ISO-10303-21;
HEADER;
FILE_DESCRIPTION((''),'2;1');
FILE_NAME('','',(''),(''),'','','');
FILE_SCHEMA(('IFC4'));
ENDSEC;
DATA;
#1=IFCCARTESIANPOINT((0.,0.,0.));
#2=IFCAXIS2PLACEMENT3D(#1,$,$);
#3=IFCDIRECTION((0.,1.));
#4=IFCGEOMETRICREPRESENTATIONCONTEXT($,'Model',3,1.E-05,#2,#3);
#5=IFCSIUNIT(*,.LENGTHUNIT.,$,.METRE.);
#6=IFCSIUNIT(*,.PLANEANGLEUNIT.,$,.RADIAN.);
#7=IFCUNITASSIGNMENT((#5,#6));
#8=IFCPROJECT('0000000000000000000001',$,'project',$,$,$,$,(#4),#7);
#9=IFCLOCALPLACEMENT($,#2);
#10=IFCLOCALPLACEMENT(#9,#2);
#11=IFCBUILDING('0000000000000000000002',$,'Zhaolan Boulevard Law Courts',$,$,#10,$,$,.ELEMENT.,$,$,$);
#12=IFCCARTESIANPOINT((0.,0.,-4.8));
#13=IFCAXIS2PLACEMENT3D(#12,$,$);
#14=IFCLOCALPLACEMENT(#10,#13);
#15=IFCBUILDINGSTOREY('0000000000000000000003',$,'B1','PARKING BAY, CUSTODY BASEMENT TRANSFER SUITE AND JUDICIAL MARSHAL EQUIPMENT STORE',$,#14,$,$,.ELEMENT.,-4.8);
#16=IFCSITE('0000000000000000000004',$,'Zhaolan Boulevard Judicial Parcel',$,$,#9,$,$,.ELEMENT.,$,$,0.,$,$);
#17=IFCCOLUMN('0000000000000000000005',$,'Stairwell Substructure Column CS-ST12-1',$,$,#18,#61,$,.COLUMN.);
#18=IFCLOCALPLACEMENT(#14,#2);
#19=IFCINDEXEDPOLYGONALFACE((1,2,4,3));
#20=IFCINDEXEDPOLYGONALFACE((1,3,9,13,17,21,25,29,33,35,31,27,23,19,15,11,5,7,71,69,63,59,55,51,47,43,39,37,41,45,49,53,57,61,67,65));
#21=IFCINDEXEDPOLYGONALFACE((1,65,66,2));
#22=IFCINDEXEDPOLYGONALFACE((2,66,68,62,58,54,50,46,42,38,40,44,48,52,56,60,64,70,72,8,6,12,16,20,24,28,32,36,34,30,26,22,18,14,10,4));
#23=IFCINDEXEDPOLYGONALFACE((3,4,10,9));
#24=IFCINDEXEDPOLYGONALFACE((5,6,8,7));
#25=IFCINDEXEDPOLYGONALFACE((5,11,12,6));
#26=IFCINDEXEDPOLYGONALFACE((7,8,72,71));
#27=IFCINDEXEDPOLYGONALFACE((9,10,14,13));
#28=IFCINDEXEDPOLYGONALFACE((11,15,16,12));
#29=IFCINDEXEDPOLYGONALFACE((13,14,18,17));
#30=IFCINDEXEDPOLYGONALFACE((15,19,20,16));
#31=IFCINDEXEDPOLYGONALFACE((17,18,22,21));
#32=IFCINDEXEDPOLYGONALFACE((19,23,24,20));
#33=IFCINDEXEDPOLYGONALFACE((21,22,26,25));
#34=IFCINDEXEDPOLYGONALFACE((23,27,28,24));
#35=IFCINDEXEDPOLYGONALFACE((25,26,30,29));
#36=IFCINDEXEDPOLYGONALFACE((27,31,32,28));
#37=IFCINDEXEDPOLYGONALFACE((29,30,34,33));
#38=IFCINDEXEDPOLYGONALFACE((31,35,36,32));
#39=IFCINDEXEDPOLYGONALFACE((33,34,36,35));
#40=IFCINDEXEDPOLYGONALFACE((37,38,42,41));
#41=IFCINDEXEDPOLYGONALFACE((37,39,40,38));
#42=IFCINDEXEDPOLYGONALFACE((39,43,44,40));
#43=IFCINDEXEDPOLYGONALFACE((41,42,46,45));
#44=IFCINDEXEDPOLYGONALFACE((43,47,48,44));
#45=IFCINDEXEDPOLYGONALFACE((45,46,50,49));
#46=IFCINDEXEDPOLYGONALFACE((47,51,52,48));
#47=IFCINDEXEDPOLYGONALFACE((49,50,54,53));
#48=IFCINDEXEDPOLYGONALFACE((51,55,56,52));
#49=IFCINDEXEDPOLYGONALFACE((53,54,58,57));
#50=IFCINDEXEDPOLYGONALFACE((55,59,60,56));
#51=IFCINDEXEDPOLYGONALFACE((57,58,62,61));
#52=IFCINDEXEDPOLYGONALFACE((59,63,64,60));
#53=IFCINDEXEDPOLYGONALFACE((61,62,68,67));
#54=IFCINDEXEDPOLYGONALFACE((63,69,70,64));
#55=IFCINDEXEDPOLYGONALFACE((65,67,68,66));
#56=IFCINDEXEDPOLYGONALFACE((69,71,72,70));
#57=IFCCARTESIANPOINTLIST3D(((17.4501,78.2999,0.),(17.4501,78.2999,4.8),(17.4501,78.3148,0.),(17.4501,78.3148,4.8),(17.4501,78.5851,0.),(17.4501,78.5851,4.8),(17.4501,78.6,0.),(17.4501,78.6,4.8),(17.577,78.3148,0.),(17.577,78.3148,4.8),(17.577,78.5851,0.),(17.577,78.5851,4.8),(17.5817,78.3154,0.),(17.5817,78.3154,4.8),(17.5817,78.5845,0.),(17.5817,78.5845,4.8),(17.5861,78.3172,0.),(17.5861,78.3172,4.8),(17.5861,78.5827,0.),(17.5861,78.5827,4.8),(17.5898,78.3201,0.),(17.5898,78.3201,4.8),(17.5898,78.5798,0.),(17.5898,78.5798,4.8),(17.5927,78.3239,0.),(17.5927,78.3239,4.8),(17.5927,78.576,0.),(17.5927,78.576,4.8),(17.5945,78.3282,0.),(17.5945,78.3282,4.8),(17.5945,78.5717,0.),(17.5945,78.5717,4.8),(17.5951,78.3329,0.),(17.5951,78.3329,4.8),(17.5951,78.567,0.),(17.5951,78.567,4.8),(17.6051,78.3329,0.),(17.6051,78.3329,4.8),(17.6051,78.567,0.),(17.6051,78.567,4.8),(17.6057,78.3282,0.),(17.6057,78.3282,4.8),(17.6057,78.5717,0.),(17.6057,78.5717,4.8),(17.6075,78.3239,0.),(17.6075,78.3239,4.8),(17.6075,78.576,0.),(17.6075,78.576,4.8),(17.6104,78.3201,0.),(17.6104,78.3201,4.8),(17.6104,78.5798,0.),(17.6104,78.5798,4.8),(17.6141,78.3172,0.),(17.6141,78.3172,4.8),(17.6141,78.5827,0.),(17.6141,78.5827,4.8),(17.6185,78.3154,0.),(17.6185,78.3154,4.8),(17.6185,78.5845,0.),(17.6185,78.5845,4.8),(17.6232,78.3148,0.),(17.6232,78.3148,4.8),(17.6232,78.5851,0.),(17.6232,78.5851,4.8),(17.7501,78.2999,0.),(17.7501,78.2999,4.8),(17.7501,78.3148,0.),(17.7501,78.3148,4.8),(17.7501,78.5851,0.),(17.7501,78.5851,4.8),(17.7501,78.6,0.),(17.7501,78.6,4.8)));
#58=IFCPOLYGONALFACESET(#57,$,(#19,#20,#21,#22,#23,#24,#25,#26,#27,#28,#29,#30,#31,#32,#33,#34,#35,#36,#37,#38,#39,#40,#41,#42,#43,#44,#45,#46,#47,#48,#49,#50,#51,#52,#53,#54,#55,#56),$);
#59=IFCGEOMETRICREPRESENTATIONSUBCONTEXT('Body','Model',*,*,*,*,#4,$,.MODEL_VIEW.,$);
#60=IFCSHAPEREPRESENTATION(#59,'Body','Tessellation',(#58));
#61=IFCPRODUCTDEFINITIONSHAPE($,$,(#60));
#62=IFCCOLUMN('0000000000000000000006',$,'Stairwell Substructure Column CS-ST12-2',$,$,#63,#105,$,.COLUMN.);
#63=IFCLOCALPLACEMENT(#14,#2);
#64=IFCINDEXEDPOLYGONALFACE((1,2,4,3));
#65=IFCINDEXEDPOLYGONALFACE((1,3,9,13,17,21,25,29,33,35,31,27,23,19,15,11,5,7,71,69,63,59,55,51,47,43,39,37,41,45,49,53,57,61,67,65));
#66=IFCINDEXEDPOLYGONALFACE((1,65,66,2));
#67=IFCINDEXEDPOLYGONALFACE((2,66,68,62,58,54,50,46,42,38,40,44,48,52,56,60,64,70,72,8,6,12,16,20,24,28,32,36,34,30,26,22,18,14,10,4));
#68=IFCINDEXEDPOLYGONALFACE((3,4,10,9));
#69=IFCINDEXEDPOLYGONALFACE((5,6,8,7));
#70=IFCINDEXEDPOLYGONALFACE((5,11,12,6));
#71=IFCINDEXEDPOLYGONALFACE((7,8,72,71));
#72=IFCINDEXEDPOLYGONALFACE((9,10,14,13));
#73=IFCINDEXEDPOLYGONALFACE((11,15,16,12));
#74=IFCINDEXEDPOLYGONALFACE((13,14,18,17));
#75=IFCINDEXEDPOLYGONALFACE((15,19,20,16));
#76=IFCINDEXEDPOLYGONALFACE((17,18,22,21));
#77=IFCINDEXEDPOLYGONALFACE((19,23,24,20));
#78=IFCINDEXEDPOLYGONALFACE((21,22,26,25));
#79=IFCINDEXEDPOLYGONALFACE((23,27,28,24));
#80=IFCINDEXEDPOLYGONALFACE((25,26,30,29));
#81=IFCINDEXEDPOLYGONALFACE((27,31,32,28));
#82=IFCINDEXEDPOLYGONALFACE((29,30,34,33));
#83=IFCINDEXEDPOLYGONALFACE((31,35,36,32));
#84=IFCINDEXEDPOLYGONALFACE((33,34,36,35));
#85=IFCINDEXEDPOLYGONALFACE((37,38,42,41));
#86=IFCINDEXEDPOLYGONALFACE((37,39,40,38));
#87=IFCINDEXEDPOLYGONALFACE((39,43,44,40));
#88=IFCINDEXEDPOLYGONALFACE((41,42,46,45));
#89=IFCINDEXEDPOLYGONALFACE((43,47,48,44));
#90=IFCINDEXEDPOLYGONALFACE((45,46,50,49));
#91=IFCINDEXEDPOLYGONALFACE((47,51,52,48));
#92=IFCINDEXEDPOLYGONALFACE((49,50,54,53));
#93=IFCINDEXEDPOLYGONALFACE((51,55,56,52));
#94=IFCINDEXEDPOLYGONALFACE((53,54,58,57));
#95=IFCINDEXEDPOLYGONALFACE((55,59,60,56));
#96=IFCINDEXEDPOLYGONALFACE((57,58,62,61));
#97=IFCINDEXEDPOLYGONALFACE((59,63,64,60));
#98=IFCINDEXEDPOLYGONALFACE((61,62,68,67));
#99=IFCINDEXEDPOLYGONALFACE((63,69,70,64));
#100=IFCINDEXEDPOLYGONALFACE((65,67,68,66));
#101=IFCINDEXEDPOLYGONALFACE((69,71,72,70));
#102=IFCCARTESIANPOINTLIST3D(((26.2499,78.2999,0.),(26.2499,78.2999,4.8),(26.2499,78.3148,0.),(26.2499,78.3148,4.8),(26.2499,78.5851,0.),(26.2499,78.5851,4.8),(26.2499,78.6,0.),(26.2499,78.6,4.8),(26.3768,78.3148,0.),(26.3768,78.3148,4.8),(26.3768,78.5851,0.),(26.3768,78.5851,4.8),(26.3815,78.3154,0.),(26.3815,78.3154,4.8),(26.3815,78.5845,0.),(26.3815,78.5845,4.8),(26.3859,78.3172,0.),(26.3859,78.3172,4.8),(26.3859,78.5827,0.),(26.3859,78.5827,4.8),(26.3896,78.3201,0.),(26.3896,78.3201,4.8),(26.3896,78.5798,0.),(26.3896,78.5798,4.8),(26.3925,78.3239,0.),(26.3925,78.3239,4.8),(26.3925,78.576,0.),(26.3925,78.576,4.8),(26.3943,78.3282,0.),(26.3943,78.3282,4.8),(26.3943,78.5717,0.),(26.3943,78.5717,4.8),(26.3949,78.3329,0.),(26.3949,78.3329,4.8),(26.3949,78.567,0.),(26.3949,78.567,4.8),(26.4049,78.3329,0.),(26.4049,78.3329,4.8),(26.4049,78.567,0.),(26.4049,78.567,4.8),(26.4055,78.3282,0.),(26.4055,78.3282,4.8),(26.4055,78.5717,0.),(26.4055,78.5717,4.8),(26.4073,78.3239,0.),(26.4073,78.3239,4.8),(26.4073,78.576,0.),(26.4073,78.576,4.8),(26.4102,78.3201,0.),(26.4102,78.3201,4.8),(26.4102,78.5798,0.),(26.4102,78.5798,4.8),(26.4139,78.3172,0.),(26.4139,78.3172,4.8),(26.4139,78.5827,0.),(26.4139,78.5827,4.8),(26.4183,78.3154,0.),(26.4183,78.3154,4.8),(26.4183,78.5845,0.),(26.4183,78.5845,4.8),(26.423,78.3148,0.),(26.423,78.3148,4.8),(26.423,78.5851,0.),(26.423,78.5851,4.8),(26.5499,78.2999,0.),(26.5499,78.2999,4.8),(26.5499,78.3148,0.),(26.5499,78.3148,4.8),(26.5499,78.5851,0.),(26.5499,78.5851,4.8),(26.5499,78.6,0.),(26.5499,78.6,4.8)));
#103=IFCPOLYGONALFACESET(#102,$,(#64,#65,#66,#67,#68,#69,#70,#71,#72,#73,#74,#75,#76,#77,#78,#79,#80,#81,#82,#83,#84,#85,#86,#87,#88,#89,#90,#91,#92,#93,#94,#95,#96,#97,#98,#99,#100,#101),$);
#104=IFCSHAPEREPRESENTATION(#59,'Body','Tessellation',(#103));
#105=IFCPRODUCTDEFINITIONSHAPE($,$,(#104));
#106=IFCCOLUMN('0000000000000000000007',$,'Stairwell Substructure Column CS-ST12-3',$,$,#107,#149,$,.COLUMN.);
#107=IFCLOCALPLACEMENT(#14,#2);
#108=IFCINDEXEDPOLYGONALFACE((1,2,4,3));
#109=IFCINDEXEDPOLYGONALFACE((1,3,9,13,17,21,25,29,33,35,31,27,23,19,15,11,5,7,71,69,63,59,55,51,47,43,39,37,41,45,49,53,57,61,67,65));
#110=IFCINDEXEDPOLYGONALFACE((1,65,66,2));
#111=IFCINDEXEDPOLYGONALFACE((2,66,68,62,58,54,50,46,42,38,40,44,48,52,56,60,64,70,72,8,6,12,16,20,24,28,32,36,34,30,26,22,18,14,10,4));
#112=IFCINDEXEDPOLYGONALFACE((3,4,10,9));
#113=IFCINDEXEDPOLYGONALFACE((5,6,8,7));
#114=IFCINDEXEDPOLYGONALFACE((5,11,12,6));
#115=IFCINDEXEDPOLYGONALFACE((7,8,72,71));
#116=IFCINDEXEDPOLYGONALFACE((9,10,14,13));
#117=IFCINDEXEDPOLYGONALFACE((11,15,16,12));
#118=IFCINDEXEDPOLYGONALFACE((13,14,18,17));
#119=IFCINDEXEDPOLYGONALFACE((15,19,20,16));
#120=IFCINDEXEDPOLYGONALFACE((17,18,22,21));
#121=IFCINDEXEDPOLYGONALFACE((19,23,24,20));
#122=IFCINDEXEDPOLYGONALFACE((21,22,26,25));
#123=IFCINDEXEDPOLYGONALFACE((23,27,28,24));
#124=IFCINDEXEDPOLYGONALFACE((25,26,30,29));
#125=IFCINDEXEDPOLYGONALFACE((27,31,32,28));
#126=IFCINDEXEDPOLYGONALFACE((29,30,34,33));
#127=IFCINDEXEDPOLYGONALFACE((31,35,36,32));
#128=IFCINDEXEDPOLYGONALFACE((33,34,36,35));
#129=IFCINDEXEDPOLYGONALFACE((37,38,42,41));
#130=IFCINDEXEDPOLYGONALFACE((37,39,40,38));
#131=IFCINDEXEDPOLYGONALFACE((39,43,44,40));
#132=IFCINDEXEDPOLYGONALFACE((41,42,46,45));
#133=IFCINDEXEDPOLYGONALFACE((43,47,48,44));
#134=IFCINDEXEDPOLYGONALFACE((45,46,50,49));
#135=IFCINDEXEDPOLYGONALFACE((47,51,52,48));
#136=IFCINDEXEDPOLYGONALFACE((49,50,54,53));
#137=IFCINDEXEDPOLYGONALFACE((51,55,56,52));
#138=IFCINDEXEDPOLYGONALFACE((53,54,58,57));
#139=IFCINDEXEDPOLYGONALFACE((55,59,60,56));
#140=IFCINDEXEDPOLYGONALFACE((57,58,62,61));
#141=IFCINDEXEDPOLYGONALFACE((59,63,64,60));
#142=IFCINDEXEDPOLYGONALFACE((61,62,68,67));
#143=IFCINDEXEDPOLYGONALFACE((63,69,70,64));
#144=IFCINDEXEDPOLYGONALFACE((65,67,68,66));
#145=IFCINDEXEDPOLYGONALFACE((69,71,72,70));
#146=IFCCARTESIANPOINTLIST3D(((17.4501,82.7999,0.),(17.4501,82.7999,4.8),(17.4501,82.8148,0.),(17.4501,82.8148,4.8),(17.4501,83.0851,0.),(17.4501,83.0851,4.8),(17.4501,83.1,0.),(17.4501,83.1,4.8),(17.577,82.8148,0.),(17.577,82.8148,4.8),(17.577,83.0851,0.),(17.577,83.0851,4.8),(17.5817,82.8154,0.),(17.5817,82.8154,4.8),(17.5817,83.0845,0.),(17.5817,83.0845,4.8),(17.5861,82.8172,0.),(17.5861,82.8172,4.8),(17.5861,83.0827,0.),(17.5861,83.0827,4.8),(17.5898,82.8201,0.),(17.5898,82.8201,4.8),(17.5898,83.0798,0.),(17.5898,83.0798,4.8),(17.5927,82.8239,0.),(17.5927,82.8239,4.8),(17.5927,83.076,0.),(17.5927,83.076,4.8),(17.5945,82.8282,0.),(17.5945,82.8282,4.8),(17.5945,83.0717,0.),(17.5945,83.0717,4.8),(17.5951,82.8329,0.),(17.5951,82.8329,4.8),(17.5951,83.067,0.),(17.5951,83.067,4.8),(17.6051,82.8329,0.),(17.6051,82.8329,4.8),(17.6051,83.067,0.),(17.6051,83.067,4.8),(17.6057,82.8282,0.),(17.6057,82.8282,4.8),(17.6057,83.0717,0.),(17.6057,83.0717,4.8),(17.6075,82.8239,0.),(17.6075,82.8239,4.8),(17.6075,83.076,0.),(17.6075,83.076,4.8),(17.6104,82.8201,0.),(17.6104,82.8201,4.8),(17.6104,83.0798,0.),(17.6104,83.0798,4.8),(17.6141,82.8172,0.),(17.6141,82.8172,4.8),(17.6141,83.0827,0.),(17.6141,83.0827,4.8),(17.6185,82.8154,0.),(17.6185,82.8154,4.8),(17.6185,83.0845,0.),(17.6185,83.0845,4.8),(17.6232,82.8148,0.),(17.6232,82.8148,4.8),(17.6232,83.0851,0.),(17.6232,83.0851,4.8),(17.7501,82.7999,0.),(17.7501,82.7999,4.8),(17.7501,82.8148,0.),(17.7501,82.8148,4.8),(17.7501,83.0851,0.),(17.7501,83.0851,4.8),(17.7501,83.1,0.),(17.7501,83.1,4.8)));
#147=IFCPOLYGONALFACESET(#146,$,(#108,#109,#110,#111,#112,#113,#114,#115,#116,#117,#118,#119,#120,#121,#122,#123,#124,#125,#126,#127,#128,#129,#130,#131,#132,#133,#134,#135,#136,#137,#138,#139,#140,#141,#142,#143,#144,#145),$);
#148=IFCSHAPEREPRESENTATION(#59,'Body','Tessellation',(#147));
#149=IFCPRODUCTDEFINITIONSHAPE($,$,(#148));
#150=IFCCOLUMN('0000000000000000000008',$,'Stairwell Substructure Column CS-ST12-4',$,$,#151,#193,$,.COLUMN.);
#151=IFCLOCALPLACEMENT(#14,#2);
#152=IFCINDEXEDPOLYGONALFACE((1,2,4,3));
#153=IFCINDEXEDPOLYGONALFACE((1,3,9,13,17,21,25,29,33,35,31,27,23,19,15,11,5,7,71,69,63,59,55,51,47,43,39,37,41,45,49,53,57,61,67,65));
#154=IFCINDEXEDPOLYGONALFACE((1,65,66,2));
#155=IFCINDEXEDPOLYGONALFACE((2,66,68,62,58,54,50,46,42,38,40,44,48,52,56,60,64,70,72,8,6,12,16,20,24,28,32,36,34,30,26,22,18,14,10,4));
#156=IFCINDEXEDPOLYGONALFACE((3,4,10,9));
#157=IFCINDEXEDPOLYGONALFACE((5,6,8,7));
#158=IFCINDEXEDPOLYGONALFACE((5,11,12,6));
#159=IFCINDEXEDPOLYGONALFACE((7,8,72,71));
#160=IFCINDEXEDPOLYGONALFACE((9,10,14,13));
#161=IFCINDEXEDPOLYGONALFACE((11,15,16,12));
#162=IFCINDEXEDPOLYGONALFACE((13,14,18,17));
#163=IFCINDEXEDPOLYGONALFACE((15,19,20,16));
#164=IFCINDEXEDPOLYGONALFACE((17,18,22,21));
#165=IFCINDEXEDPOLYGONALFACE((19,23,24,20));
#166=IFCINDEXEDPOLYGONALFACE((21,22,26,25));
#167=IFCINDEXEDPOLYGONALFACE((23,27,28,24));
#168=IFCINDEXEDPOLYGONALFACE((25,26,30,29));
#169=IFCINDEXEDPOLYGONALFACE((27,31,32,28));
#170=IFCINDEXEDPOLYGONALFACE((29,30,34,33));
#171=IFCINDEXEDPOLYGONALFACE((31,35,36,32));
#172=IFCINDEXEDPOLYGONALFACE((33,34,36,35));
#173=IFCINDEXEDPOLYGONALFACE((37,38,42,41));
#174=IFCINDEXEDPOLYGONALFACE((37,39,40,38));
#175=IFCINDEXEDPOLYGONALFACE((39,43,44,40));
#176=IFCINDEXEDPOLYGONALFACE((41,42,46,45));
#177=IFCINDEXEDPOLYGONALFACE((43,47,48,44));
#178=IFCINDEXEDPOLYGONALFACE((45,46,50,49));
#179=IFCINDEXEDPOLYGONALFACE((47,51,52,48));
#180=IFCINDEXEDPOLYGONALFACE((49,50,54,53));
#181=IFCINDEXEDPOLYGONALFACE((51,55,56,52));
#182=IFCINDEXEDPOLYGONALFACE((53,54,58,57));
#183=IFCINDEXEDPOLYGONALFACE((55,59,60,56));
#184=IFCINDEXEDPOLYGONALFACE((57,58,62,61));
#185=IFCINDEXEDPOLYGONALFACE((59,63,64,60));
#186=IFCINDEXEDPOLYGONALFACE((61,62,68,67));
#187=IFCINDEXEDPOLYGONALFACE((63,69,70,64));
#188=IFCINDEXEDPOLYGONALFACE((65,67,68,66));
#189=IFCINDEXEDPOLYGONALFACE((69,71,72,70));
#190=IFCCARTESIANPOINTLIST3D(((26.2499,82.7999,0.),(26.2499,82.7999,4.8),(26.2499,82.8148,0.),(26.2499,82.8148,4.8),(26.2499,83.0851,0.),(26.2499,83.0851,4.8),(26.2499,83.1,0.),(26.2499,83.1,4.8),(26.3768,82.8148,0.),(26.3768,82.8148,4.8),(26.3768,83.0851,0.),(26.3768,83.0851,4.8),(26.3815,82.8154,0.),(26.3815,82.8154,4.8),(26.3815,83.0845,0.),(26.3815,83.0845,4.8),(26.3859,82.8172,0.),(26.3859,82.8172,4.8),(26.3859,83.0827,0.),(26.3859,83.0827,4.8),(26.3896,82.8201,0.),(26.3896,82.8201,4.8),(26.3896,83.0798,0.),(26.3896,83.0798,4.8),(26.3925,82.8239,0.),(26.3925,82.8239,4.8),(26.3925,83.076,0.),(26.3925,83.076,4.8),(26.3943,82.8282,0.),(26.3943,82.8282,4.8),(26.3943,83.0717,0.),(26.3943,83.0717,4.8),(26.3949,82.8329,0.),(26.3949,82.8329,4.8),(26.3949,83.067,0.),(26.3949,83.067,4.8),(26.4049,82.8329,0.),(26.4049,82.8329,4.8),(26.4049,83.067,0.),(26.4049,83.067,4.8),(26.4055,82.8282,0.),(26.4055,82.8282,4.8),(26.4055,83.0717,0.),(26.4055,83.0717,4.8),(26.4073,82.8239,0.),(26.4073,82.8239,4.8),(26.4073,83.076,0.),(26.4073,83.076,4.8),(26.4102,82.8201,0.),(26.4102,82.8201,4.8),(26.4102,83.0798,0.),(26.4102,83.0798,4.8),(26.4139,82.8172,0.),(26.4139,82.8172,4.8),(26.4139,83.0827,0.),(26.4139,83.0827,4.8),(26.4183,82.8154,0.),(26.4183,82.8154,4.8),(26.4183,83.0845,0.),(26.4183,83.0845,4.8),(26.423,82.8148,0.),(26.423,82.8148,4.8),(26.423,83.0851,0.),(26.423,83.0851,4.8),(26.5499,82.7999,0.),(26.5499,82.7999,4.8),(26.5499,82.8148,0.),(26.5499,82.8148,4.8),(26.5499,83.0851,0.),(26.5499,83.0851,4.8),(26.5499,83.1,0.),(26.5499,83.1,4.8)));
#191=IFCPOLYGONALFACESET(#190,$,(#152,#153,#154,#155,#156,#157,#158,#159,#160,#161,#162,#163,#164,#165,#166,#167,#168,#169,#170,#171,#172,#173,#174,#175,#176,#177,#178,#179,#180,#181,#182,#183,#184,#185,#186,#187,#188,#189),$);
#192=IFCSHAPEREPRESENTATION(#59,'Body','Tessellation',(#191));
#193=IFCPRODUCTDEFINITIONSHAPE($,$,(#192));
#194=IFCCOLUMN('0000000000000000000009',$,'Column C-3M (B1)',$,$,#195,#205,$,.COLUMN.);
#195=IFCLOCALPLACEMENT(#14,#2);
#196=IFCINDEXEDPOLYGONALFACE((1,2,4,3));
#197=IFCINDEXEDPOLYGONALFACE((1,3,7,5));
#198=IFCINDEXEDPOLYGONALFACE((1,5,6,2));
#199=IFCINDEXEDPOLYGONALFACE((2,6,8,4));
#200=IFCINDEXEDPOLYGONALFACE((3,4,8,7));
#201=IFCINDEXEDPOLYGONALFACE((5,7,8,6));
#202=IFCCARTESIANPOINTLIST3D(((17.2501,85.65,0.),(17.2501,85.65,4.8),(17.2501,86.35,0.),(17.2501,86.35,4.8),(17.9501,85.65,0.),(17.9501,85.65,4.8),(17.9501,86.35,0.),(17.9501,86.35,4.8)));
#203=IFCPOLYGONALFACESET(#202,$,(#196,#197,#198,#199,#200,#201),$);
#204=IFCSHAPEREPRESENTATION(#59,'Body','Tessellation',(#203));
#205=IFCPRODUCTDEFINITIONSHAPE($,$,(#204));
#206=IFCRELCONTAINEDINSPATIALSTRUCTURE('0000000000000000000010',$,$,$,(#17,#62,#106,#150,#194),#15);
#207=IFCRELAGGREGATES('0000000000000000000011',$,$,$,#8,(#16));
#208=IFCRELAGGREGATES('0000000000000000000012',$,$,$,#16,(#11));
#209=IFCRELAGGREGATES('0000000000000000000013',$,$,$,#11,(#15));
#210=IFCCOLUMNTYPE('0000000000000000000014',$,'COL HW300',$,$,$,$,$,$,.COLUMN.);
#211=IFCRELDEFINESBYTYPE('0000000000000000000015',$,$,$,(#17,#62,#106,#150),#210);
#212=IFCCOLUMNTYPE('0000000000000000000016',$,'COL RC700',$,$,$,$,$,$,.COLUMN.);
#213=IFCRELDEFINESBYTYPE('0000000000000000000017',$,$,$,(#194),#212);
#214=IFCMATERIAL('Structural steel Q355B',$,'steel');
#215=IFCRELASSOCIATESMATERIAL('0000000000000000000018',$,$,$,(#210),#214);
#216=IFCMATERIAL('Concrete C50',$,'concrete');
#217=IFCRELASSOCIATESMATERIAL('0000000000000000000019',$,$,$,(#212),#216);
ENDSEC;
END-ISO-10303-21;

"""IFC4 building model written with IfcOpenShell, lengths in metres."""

from ifc_helpers import new_model, si_unit, direction, frame, origin, origin_2d, place, context, subcontext, project, spatial, rectangle, i_section, extrude, material, material_profile, profile_set, type_object, element, save


model = new_model("IFC4")

# Units and contexts
model_context = context("Model", 3, precision=1e-05, world=origin(), true_north=direction((0.0, 1.0)))
body_context = subcontext(model_context, "Body", "Model", "MODEL_VIEW")
ifc_project = project(units=[si_unit("LENGTHUNIT", "METRE"), si_unit("PLANEANGLEUNIT", "RADIAN")], contexts=[model_context])

# Site, building, storey
site_placement = place(None, origin())
site = spatial("IfcSite", under=ifc_project, at=site_placement, Name="Zhaolan Boulevard Judicial Parcel", CompositionType="ELEMENT", RefElevation=0.0)
building_placement = place(site_placement, origin())
building = spatial("IfcBuilding", under=site, at=building_placement, Name="Zhaolan Boulevard Law Courts", CompositionType="ELEMENT")
storey_placement = place(building_placement, frame((0.0, 0.0, -4.8)))
storey = spatial("IfcBuildingStorey", under=building, at=storey_placement, Name="B1", Description="PARKING BAY, CUSTODY BASEMENT TRANSFER SUITE AND JUDICIAL MARSHAL EQUIPMENT STORE", CompositionType="ELEMENT", Elevation=-4.8)

# Columns
ifc_material_1 = material(Name="Structural steel Q355B", Category="steel")
ifc_material_profile_1 = material_profile(ifc_material_1, i_section(OverallWidth=0.3, OverallDepth=0.3, WebThickness=0.01, FlangeThickness=0.0149, FilletRadius=0.0181, at=origin_2d()), Name="HW300x300")
ifc_profile_set_1 = profile_set([ifc_material_profile_1], Name="Structural steel Q355B")
column_type_1 = type_object("IfcColumnType", Name="COL HW300", PredefinedType="COLUMN", material=ifc_profile_set_1)
for number, where, z_axis, x_axis, name in (
    (1, (17.6001, 78.45, 0.0), (0.0, 0.0, 1.0), (1.0, 0.0, 0.0), "Stairwell Substructure Column CS-ST12-1"),
    (2, (26.3999, 78.45, 0.0), (0.0, 0.0, 1.0), (1.0, 0.0, 0.0), "Stairwell Substructure Column CS-ST12-2"),
    (3, (17.6001, 82.95, 0.0), (0.0, 0.0, 1.0), (1.0, 0.0, 0.0), "Stairwell Substructure Column CS-ST12-3"),
    (4, (26.3999, 82.95, 0.0), (0.0, 0.0, 1.0), (1.0, 0.0, 0.0), "Stairwell Substructure Column CS-ST12-4"),
):
    element("IfcColumn", number, at=place(storey_placement, frame(where, z_axis=z_axis, x_axis=x_axis)), inside=storey, type_object=column_type_1, Name=name, PredefinedType="COLUMN", context=body_context, shape_type="SweptSolid", body=[
        extrude(i_section(OverallWidth=0.3, OverallDepth=0.3, WebThickness=0.01, FlangeThickness=0.0149, FilletRadius=0.0181, at=origin_2d()), origin(), (0.0, 0.0, 1.0), 4.8),
    ])
ifc_material_2 = material(Name="Concrete C50", Category="concrete")
ifc_material_profile_2 = material_profile(ifc_material_2, rectangle(XDim=0.7, YDim=0.7, at=origin_2d()), Name="RC700x700")
ifc_profile_set_2 = profile_set([ifc_material_profile_2], Name="Concrete C50")
column_type_2 = type_object("IfcColumnType", Name="COL RC700", PredefinedType="COLUMN", material=ifc_profile_set_2)
for number, where, z_axis, x_axis, name in (
    (5, (17.6001, 86.0, 0.0), (0.0, 0.0, 1.0), (1.0, 0.0, 0.0), "Column C-3M (B1)"),
):
    element("IfcColumn", number, at=place(storey_placement, frame(where, z_axis=z_axis, x_axis=x_axis)), inside=storey, type_object=column_type_2, Name=name, PredefinedType="COLUMN", context=body_context, shape_type="SweptSolid", body=[
        extrude(rectangle(XDim=0.7, YDim=0.7, at=origin_2d()), origin(), (0.0, 0.0, 1.0), 4.8),
    ])

save(model, "model.ifc")
